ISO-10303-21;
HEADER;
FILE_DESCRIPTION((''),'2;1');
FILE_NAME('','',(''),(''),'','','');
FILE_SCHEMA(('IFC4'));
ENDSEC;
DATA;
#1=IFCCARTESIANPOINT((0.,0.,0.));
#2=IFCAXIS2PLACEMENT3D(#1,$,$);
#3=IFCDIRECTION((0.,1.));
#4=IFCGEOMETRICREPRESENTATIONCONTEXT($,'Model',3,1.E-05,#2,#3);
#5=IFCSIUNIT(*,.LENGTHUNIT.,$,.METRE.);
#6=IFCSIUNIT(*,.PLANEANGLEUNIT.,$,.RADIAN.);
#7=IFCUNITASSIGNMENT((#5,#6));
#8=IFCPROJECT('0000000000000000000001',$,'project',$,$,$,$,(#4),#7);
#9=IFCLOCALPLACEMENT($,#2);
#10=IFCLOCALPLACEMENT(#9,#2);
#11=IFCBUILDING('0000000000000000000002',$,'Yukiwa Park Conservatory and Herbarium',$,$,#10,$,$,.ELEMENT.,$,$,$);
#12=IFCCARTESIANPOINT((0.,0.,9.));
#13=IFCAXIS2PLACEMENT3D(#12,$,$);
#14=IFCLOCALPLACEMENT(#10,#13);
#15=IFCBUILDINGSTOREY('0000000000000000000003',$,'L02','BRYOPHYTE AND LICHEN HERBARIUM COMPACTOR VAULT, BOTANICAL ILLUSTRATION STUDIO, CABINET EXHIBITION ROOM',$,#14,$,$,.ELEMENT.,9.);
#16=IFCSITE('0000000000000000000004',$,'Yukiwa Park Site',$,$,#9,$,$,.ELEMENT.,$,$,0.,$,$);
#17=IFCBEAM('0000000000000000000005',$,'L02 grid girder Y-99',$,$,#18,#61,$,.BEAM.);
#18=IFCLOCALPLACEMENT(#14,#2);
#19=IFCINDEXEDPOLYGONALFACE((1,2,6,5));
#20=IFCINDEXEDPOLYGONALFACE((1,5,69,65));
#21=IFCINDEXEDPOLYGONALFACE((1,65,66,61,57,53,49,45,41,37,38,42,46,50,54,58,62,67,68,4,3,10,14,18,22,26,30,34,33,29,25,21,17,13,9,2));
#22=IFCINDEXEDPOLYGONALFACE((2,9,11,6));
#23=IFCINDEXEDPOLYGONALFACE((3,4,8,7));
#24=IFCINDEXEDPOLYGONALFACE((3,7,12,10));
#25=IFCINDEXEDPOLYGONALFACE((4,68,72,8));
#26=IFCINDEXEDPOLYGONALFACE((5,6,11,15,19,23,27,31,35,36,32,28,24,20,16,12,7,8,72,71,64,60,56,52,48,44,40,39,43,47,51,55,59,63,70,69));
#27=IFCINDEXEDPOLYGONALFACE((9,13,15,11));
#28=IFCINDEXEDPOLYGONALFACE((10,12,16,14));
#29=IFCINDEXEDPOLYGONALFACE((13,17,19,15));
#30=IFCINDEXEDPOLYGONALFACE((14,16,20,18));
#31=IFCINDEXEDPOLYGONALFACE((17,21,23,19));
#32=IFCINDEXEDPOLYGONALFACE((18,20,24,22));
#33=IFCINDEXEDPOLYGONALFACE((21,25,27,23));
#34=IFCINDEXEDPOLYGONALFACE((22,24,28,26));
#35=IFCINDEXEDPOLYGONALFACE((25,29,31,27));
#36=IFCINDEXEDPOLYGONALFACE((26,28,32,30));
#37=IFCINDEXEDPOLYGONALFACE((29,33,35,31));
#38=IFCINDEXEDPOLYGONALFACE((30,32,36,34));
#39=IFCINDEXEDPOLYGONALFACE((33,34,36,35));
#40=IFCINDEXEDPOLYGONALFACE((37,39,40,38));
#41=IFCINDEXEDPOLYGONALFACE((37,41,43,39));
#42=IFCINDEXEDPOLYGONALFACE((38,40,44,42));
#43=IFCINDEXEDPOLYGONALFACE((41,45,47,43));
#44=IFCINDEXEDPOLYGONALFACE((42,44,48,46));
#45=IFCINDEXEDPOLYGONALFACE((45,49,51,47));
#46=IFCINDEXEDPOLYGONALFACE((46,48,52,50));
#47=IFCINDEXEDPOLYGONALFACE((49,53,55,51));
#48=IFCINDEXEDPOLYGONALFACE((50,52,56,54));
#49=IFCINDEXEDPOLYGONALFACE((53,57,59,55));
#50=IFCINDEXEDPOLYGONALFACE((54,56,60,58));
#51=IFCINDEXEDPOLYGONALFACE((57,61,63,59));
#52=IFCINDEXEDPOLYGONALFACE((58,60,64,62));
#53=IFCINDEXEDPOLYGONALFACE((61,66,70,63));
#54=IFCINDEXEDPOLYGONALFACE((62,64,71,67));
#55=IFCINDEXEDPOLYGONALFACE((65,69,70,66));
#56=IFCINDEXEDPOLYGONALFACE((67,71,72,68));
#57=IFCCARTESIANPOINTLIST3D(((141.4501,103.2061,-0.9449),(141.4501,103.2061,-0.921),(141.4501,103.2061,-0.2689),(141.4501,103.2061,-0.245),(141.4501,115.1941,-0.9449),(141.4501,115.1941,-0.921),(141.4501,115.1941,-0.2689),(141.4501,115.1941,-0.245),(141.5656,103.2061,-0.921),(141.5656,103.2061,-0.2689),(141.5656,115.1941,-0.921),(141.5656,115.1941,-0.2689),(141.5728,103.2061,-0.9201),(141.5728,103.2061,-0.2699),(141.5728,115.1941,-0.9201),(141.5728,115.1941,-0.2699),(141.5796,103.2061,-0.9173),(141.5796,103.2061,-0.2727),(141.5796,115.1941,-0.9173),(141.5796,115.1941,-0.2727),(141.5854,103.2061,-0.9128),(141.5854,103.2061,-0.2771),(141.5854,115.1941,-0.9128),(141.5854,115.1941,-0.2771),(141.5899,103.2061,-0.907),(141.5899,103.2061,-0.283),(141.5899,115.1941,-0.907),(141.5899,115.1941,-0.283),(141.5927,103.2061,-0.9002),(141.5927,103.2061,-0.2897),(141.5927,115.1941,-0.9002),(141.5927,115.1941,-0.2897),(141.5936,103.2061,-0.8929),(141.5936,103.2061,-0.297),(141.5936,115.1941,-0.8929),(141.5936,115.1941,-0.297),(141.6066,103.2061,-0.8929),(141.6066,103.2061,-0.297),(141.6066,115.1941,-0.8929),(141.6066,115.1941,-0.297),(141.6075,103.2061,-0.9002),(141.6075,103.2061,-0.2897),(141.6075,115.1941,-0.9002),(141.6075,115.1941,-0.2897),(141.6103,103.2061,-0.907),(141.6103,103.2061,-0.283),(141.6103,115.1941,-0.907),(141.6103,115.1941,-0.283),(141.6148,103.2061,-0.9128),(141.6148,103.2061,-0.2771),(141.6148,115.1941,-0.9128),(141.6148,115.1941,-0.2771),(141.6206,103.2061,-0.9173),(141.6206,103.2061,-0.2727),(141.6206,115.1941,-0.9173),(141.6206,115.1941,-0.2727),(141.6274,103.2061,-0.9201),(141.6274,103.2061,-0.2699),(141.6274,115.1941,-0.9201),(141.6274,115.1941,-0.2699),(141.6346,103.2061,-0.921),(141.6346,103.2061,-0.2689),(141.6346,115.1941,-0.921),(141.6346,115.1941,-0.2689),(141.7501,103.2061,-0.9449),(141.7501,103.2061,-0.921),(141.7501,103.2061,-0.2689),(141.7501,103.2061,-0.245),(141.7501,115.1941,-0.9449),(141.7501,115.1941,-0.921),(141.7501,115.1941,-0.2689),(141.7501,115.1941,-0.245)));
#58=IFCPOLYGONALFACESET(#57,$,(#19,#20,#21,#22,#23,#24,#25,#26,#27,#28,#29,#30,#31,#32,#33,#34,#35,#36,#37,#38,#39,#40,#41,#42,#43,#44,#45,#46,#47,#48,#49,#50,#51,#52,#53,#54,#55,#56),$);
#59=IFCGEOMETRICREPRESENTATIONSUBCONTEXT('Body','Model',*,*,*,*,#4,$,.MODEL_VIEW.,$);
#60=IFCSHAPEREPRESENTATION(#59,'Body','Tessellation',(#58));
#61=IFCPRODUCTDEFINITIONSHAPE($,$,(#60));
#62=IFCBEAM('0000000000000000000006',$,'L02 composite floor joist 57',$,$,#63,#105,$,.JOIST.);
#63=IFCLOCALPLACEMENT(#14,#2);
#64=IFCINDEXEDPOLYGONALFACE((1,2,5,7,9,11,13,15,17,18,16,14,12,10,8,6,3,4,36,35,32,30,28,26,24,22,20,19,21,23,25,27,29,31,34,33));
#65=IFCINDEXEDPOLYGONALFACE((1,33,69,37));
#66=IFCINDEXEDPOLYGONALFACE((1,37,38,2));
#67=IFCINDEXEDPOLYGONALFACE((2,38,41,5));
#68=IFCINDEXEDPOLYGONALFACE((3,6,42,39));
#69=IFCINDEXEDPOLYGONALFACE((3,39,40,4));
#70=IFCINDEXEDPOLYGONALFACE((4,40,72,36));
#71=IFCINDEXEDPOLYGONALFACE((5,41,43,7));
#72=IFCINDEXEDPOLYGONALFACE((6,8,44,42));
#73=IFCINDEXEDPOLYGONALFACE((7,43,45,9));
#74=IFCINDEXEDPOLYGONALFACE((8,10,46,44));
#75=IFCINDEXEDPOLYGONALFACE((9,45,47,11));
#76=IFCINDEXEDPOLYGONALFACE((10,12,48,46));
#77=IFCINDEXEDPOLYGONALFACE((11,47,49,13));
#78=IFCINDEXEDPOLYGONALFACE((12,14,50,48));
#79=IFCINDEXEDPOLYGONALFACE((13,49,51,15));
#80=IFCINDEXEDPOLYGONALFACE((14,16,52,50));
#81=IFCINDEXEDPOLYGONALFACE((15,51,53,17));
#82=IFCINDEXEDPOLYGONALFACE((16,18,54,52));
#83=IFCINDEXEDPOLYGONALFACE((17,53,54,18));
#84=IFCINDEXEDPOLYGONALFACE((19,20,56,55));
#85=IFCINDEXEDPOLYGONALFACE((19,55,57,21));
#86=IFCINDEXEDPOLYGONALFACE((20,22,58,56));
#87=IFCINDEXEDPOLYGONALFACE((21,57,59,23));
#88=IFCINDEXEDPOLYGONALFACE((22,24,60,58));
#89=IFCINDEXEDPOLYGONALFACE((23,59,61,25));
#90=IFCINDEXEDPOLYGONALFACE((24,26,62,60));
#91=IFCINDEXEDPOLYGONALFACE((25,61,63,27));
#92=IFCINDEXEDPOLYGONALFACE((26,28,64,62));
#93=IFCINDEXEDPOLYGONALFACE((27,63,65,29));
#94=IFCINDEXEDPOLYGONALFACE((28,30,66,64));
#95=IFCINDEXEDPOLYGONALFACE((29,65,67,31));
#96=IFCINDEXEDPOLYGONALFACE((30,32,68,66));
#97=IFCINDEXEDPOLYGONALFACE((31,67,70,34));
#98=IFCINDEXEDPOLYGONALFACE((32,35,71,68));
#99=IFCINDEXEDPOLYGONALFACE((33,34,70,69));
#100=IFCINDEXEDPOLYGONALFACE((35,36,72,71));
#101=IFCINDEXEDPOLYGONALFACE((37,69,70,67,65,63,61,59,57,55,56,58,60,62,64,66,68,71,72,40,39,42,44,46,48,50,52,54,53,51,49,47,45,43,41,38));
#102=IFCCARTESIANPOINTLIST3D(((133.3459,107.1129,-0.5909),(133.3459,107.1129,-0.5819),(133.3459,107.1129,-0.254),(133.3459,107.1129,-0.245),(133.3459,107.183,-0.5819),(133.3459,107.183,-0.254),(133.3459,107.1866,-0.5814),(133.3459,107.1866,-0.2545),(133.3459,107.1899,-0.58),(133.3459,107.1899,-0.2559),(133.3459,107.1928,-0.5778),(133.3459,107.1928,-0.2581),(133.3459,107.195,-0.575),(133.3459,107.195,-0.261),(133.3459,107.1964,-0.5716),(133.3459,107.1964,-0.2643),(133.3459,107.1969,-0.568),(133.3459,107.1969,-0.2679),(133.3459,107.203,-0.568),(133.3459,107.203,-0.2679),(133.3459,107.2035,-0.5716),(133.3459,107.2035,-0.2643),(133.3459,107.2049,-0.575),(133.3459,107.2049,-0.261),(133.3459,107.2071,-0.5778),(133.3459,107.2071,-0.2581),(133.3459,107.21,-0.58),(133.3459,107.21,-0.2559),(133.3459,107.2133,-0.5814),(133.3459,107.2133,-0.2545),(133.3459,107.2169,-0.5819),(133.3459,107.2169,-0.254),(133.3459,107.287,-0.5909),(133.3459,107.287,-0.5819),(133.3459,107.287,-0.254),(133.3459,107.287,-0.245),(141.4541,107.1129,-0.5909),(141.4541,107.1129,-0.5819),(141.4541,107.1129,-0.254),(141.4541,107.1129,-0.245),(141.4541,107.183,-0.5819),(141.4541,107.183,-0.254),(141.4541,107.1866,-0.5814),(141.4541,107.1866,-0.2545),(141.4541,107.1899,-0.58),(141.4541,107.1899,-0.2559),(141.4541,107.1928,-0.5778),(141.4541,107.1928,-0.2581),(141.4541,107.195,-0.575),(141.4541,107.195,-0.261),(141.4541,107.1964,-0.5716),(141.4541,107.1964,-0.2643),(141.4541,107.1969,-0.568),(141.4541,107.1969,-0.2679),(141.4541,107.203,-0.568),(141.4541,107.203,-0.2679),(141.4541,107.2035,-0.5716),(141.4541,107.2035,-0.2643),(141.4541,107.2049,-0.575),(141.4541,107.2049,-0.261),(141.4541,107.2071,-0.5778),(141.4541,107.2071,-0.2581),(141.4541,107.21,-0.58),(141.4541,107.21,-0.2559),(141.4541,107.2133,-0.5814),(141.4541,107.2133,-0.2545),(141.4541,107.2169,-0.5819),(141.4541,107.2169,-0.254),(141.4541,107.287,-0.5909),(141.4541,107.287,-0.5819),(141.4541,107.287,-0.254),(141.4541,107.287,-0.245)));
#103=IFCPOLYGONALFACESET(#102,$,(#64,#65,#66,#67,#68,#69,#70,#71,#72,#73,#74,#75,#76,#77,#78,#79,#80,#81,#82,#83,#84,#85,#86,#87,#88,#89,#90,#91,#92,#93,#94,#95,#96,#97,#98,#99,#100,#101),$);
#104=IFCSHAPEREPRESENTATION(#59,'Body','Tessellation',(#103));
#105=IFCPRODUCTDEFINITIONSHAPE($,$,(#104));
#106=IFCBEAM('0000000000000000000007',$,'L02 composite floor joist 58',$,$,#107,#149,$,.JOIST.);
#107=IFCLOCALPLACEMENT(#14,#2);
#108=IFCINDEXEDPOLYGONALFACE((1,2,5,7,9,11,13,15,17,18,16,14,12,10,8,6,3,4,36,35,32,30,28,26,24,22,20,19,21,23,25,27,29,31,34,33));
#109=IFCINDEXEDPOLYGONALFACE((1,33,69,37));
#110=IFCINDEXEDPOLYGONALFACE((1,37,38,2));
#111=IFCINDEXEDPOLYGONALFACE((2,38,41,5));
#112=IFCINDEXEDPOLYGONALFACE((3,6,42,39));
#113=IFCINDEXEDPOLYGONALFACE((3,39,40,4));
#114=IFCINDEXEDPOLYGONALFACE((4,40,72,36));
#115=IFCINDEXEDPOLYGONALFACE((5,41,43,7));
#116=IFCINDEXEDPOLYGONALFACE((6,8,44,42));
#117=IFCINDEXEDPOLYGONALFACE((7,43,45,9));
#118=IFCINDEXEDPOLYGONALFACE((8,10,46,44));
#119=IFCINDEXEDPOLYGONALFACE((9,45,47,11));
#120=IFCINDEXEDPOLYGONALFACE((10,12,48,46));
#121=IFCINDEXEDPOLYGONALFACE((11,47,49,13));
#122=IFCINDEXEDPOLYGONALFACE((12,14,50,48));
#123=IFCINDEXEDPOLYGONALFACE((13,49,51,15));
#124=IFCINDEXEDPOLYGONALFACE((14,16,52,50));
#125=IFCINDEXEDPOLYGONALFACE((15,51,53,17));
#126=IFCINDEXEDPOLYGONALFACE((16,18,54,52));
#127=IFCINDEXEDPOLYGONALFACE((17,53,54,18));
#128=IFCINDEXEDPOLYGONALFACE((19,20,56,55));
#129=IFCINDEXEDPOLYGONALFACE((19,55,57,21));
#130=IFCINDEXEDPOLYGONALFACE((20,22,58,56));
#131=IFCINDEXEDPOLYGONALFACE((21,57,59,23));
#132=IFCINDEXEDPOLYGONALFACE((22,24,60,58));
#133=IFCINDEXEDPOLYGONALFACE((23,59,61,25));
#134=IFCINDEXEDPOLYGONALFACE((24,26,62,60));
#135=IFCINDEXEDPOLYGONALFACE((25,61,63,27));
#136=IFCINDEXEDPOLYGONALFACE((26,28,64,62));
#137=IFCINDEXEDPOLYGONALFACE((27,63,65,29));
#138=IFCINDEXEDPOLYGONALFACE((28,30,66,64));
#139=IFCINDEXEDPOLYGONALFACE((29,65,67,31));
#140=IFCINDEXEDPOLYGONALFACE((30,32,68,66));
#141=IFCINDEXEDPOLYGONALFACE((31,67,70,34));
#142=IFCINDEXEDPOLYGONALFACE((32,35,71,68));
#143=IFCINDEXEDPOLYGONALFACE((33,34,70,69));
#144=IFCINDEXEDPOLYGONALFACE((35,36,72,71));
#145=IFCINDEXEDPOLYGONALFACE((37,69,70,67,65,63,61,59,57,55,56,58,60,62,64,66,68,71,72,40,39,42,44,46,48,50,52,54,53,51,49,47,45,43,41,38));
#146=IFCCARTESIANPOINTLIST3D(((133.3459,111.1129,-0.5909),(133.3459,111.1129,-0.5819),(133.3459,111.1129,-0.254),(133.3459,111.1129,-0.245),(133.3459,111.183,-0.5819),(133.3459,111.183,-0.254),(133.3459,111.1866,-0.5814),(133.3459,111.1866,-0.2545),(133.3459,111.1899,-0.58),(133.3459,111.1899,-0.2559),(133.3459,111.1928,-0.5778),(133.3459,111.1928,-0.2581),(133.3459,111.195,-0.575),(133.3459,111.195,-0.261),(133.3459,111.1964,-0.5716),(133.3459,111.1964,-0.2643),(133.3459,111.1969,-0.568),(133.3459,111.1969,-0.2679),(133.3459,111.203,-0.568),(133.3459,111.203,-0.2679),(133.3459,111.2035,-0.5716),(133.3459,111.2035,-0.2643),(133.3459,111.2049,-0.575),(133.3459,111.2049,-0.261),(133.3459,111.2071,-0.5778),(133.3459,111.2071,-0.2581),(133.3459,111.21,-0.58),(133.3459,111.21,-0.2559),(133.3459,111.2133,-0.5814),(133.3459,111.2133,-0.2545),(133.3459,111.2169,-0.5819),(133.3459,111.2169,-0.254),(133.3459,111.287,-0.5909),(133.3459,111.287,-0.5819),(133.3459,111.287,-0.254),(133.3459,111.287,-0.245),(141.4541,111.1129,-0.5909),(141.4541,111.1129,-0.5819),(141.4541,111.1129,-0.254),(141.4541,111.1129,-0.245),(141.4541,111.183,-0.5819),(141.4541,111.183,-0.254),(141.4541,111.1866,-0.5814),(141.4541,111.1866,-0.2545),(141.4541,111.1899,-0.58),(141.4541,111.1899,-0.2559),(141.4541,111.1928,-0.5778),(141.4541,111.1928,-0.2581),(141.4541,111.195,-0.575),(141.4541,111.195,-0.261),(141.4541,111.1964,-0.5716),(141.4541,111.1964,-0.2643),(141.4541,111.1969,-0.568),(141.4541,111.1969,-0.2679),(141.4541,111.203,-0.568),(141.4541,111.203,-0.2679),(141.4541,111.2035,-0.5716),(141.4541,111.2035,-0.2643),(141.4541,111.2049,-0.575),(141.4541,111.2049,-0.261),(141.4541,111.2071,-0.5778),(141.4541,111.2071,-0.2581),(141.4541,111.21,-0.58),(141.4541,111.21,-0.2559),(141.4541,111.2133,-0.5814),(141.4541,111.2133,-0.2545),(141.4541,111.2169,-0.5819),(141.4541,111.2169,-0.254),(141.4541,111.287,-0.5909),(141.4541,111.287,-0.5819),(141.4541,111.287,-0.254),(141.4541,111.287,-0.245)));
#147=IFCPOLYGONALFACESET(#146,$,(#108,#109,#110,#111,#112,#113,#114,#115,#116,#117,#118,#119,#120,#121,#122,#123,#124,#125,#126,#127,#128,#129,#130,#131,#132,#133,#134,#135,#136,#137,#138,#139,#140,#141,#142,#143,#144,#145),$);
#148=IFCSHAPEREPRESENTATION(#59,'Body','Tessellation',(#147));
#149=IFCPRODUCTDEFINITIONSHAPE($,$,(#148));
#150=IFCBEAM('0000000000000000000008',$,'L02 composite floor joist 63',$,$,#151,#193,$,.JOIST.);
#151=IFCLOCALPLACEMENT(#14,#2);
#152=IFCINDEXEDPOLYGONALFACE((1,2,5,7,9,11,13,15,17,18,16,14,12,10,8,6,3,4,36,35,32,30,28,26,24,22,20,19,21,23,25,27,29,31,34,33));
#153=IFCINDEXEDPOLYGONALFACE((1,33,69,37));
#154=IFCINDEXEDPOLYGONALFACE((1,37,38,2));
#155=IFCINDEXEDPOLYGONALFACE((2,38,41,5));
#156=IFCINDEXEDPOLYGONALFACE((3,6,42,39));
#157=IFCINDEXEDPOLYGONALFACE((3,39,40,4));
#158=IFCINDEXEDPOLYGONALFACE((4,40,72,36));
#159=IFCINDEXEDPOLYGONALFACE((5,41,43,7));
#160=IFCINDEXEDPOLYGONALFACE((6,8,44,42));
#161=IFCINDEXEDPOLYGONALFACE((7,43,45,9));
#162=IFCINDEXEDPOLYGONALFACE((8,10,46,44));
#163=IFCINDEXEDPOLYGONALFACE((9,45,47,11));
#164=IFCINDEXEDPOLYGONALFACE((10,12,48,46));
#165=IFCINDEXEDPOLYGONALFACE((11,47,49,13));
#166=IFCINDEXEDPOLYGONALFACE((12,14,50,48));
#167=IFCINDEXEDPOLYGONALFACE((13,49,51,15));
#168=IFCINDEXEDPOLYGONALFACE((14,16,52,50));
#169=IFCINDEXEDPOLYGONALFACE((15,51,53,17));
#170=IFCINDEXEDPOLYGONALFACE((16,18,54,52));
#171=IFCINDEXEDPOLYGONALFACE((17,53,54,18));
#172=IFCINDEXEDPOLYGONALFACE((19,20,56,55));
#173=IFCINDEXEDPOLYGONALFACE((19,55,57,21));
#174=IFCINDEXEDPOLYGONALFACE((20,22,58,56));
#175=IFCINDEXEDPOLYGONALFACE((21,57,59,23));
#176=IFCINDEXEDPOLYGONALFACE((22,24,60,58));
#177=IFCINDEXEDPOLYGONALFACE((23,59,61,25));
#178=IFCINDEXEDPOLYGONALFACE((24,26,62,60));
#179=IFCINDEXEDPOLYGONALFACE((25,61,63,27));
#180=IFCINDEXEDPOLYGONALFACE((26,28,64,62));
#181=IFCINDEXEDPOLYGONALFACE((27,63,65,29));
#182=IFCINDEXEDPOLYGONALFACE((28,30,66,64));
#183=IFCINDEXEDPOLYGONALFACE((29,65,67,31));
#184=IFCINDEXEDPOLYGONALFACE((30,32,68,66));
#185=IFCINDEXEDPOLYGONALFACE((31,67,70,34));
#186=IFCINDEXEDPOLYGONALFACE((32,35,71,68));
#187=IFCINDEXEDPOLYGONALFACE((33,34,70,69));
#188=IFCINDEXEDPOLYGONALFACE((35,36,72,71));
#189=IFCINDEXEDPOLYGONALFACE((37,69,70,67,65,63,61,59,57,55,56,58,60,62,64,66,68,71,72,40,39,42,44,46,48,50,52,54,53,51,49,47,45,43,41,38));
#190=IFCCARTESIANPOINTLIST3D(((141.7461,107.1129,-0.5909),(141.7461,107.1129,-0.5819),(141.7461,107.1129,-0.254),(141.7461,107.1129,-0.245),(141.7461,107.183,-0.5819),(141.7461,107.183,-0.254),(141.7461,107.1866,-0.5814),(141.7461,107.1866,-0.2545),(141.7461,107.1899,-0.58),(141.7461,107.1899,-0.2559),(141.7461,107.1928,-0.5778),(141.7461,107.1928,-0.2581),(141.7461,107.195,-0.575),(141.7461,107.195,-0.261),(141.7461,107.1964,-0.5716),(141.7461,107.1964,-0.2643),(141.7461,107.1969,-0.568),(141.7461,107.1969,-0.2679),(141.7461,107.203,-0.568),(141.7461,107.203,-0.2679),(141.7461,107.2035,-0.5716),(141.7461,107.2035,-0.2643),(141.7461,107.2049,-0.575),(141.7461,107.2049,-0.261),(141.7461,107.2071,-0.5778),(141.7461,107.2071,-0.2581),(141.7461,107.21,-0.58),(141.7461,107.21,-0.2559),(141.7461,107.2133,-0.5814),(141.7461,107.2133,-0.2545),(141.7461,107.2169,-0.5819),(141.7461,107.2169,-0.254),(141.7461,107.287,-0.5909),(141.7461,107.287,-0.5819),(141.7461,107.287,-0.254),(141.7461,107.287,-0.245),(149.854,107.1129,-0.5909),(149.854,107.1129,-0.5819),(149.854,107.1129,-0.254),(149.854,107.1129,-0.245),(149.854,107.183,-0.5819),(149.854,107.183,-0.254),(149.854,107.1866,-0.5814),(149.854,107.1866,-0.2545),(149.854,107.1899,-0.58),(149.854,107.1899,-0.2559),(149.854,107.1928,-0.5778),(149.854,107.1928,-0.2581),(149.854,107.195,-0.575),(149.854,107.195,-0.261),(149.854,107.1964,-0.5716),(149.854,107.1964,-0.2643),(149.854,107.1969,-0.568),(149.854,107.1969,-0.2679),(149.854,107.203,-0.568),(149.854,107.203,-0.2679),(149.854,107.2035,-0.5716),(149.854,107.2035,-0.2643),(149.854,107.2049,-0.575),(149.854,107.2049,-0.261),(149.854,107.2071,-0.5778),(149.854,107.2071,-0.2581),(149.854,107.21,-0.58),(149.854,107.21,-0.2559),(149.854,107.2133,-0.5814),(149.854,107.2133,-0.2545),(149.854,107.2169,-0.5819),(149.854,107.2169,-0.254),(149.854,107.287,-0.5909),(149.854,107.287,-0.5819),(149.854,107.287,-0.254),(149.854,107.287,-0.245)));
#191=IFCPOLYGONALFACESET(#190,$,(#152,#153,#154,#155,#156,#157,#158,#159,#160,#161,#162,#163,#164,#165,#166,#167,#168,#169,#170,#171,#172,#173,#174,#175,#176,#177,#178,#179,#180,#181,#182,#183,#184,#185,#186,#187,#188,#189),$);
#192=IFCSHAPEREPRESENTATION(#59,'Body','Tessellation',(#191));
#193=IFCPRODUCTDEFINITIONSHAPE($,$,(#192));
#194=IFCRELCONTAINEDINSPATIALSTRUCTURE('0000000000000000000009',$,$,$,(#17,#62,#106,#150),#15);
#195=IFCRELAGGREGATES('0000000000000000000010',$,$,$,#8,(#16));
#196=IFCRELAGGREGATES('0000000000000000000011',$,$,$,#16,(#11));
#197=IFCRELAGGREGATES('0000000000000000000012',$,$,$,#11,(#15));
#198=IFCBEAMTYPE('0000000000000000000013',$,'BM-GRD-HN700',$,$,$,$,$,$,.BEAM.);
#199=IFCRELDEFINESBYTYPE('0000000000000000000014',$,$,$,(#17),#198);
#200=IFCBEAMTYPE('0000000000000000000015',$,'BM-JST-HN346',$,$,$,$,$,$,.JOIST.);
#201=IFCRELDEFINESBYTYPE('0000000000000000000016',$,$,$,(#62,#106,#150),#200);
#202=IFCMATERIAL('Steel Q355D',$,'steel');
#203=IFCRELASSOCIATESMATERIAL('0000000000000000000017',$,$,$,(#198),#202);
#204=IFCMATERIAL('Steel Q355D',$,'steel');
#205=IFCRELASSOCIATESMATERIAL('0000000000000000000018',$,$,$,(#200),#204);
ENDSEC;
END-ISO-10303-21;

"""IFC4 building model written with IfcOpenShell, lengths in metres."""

from ifc_helpers import new_model, si_unit, direction, frame, origin, origin_2d, place, context, subcontext, project, spatial, i_section, extrude, material, material_profile, profile_set, type_object, element, save


model = new_model("IFC4")

# Units and contexts
model_context = context("Model", 3, precision=1e-05, world=origin(), true_north=direction((0.0, 1.0)))
body_context = subcontext(model_context, "Body", "Model", "MODEL_VIEW")
ifc_project = project(units=[si_unit("LENGTHUNIT", "METRE"), si_unit("PLANEANGLEUNIT", "RADIAN")], contexts=[model_context])

# Site, building, storey
site_placement = place(None, origin())
site = spatial("IfcSite", under=ifc_project, at=site_placement, Name="Yukiwa Park Site", CompositionType="ELEMENT", RefElevation=0.0)
building_placement = place(site_placement, origin())
building = spatial("IfcBuilding", under=site, at=building_placement, Name="Yukiwa Park Conservatory and Herbarium", CompositionType="ELEMENT")
storey_placement = place(building_placement, frame((0.0, 0.0, 9.0)))
storey = spatial("IfcBuildingStorey", under=building, at=storey_placement, Name="L02", Description="BRYOPHYTE AND LICHEN HERBARIUM COMPACTOR VAULT, BOTANICAL ILLUSTRATION STUDIO, CABINET EXHIBITION ROOM", CompositionType="ELEMENT", Elevation=9.0)

# Beams
ifc_material_1 = material(Name="Steel Q355D", Category="steel")
ifc_material_profile_1 = material_profile(ifc_material_1, i_section(OverallWidth=0.3, OverallDepth=0.7, WebThickness=0.0129, FlangeThickness=0.0239, FilletRadius=0.0281, at=origin_2d()), Name="HN 700x300x13x24")
ifc_profile_set_1 = profile_set([ifc_material_profile_1], Name="Steel Q355D")
beam_type_1 = type_object("IfcBeamType", Name="BM-GRD-HN700", PredefinedType="BEAM", material=ifc_profile_set_1)
for number, where, z_axis, x_axis, name in (
    (1, (141.6001, 103.2061, -0.595), (0.0, 1.0, 0.0), (-1.0, 0.0, 0.0), "L02 grid girder Y-99"),
):
    element("IfcBeam", number, at=place(storey_placement, frame(where, z_axis=z_axis, x_axis=x_axis)), inside=storey, type_object=beam_type_1, Name=name, PredefinedType="BEAM", context=body_context, shape_type="SweptSolid", body=[
        extrude(i_section(OverallWidth=0.3, OverallDepth=0.7, WebThickness=0.0129, FlangeThickness=0.0239, FilletRadius=0.0281, at=origin_2d()), origin(), (0.0, 0.0, 1.0), 11.988),
    ])
ifc_material_2 = material(Name="Steel Q355D", Category="steel")
ifc_material_profile_2 = material_profile(ifc_material_2, i_section(OverallWidth=0.1741, OverallDepth=0.3459, WebThickness=0.0061, FlangeThickness=0.009, FilletRadius=0.0139, at=origin_2d()), Name="HN 346x174x6x9")
ifc_profile_set_2 = profile_set([ifc_material_profile_2], Name="Steel Q355D")
beam_type_2 = type_object("IfcBeamType", Name="BM-JST-HN346", PredefinedType="JOIST", material=ifc_profile_set_2)
for number, where, z_axis, x_axis, name in (
    (2, (133.3459, 107.2, -0.418), (1.0, 0.0, 0.0), (0.0, 1.0, 0.0), "L02 composite floor joist 57"),
    (3, (133.3459, 111.2, -0.418), (1.0, 0.0, 0.0), (0.0, 1.0, 0.0), "L02 composite floor joist 58"),
):
    element("IfcBeam", number, at=place(storey_placement, frame(where, z_axis=z_axis, x_axis=x_axis)), inside=storey, type_object=beam_type_2, Name=name, PredefinedType="JOIST", context=body_context, shape_type="SweptSolid", body=[
        extrude(i_section(OverallWidth=0.1741, OverallDepth=0.3459, WebThickness=0.0061, FlangeThickness=0.009, FilletRadius=0.0139, at=origin_2d()), origin(), (0.0, 0.0, 1.0), 8.1082),
    ])
beam_placement = place(storey_placement, frame((141.7461, 107.2, -0.418), z_axis=(1.0, 0.0, 0.0), x_axis=(0.0, 1.0, 0.0)))
element("IfcBeam", 4, at=beam_placement, inside=storey, type_object=beam_type_2, Name="L02 composite floor joist 63", PredefinedType="JOIST", context=body_context, shape_type="SweptSolid", body=[
    extrude(i_section(OverallWidth=0.1741, OverallDepth=0.3459, WebThickness=0.0061, FlangeThickness=0.009, FilletRadius=0.0139, at=origin_2d()), origin(), (0.0, 0.0, 1.0), 8.1079),
])

save(model, "model.ifc")
